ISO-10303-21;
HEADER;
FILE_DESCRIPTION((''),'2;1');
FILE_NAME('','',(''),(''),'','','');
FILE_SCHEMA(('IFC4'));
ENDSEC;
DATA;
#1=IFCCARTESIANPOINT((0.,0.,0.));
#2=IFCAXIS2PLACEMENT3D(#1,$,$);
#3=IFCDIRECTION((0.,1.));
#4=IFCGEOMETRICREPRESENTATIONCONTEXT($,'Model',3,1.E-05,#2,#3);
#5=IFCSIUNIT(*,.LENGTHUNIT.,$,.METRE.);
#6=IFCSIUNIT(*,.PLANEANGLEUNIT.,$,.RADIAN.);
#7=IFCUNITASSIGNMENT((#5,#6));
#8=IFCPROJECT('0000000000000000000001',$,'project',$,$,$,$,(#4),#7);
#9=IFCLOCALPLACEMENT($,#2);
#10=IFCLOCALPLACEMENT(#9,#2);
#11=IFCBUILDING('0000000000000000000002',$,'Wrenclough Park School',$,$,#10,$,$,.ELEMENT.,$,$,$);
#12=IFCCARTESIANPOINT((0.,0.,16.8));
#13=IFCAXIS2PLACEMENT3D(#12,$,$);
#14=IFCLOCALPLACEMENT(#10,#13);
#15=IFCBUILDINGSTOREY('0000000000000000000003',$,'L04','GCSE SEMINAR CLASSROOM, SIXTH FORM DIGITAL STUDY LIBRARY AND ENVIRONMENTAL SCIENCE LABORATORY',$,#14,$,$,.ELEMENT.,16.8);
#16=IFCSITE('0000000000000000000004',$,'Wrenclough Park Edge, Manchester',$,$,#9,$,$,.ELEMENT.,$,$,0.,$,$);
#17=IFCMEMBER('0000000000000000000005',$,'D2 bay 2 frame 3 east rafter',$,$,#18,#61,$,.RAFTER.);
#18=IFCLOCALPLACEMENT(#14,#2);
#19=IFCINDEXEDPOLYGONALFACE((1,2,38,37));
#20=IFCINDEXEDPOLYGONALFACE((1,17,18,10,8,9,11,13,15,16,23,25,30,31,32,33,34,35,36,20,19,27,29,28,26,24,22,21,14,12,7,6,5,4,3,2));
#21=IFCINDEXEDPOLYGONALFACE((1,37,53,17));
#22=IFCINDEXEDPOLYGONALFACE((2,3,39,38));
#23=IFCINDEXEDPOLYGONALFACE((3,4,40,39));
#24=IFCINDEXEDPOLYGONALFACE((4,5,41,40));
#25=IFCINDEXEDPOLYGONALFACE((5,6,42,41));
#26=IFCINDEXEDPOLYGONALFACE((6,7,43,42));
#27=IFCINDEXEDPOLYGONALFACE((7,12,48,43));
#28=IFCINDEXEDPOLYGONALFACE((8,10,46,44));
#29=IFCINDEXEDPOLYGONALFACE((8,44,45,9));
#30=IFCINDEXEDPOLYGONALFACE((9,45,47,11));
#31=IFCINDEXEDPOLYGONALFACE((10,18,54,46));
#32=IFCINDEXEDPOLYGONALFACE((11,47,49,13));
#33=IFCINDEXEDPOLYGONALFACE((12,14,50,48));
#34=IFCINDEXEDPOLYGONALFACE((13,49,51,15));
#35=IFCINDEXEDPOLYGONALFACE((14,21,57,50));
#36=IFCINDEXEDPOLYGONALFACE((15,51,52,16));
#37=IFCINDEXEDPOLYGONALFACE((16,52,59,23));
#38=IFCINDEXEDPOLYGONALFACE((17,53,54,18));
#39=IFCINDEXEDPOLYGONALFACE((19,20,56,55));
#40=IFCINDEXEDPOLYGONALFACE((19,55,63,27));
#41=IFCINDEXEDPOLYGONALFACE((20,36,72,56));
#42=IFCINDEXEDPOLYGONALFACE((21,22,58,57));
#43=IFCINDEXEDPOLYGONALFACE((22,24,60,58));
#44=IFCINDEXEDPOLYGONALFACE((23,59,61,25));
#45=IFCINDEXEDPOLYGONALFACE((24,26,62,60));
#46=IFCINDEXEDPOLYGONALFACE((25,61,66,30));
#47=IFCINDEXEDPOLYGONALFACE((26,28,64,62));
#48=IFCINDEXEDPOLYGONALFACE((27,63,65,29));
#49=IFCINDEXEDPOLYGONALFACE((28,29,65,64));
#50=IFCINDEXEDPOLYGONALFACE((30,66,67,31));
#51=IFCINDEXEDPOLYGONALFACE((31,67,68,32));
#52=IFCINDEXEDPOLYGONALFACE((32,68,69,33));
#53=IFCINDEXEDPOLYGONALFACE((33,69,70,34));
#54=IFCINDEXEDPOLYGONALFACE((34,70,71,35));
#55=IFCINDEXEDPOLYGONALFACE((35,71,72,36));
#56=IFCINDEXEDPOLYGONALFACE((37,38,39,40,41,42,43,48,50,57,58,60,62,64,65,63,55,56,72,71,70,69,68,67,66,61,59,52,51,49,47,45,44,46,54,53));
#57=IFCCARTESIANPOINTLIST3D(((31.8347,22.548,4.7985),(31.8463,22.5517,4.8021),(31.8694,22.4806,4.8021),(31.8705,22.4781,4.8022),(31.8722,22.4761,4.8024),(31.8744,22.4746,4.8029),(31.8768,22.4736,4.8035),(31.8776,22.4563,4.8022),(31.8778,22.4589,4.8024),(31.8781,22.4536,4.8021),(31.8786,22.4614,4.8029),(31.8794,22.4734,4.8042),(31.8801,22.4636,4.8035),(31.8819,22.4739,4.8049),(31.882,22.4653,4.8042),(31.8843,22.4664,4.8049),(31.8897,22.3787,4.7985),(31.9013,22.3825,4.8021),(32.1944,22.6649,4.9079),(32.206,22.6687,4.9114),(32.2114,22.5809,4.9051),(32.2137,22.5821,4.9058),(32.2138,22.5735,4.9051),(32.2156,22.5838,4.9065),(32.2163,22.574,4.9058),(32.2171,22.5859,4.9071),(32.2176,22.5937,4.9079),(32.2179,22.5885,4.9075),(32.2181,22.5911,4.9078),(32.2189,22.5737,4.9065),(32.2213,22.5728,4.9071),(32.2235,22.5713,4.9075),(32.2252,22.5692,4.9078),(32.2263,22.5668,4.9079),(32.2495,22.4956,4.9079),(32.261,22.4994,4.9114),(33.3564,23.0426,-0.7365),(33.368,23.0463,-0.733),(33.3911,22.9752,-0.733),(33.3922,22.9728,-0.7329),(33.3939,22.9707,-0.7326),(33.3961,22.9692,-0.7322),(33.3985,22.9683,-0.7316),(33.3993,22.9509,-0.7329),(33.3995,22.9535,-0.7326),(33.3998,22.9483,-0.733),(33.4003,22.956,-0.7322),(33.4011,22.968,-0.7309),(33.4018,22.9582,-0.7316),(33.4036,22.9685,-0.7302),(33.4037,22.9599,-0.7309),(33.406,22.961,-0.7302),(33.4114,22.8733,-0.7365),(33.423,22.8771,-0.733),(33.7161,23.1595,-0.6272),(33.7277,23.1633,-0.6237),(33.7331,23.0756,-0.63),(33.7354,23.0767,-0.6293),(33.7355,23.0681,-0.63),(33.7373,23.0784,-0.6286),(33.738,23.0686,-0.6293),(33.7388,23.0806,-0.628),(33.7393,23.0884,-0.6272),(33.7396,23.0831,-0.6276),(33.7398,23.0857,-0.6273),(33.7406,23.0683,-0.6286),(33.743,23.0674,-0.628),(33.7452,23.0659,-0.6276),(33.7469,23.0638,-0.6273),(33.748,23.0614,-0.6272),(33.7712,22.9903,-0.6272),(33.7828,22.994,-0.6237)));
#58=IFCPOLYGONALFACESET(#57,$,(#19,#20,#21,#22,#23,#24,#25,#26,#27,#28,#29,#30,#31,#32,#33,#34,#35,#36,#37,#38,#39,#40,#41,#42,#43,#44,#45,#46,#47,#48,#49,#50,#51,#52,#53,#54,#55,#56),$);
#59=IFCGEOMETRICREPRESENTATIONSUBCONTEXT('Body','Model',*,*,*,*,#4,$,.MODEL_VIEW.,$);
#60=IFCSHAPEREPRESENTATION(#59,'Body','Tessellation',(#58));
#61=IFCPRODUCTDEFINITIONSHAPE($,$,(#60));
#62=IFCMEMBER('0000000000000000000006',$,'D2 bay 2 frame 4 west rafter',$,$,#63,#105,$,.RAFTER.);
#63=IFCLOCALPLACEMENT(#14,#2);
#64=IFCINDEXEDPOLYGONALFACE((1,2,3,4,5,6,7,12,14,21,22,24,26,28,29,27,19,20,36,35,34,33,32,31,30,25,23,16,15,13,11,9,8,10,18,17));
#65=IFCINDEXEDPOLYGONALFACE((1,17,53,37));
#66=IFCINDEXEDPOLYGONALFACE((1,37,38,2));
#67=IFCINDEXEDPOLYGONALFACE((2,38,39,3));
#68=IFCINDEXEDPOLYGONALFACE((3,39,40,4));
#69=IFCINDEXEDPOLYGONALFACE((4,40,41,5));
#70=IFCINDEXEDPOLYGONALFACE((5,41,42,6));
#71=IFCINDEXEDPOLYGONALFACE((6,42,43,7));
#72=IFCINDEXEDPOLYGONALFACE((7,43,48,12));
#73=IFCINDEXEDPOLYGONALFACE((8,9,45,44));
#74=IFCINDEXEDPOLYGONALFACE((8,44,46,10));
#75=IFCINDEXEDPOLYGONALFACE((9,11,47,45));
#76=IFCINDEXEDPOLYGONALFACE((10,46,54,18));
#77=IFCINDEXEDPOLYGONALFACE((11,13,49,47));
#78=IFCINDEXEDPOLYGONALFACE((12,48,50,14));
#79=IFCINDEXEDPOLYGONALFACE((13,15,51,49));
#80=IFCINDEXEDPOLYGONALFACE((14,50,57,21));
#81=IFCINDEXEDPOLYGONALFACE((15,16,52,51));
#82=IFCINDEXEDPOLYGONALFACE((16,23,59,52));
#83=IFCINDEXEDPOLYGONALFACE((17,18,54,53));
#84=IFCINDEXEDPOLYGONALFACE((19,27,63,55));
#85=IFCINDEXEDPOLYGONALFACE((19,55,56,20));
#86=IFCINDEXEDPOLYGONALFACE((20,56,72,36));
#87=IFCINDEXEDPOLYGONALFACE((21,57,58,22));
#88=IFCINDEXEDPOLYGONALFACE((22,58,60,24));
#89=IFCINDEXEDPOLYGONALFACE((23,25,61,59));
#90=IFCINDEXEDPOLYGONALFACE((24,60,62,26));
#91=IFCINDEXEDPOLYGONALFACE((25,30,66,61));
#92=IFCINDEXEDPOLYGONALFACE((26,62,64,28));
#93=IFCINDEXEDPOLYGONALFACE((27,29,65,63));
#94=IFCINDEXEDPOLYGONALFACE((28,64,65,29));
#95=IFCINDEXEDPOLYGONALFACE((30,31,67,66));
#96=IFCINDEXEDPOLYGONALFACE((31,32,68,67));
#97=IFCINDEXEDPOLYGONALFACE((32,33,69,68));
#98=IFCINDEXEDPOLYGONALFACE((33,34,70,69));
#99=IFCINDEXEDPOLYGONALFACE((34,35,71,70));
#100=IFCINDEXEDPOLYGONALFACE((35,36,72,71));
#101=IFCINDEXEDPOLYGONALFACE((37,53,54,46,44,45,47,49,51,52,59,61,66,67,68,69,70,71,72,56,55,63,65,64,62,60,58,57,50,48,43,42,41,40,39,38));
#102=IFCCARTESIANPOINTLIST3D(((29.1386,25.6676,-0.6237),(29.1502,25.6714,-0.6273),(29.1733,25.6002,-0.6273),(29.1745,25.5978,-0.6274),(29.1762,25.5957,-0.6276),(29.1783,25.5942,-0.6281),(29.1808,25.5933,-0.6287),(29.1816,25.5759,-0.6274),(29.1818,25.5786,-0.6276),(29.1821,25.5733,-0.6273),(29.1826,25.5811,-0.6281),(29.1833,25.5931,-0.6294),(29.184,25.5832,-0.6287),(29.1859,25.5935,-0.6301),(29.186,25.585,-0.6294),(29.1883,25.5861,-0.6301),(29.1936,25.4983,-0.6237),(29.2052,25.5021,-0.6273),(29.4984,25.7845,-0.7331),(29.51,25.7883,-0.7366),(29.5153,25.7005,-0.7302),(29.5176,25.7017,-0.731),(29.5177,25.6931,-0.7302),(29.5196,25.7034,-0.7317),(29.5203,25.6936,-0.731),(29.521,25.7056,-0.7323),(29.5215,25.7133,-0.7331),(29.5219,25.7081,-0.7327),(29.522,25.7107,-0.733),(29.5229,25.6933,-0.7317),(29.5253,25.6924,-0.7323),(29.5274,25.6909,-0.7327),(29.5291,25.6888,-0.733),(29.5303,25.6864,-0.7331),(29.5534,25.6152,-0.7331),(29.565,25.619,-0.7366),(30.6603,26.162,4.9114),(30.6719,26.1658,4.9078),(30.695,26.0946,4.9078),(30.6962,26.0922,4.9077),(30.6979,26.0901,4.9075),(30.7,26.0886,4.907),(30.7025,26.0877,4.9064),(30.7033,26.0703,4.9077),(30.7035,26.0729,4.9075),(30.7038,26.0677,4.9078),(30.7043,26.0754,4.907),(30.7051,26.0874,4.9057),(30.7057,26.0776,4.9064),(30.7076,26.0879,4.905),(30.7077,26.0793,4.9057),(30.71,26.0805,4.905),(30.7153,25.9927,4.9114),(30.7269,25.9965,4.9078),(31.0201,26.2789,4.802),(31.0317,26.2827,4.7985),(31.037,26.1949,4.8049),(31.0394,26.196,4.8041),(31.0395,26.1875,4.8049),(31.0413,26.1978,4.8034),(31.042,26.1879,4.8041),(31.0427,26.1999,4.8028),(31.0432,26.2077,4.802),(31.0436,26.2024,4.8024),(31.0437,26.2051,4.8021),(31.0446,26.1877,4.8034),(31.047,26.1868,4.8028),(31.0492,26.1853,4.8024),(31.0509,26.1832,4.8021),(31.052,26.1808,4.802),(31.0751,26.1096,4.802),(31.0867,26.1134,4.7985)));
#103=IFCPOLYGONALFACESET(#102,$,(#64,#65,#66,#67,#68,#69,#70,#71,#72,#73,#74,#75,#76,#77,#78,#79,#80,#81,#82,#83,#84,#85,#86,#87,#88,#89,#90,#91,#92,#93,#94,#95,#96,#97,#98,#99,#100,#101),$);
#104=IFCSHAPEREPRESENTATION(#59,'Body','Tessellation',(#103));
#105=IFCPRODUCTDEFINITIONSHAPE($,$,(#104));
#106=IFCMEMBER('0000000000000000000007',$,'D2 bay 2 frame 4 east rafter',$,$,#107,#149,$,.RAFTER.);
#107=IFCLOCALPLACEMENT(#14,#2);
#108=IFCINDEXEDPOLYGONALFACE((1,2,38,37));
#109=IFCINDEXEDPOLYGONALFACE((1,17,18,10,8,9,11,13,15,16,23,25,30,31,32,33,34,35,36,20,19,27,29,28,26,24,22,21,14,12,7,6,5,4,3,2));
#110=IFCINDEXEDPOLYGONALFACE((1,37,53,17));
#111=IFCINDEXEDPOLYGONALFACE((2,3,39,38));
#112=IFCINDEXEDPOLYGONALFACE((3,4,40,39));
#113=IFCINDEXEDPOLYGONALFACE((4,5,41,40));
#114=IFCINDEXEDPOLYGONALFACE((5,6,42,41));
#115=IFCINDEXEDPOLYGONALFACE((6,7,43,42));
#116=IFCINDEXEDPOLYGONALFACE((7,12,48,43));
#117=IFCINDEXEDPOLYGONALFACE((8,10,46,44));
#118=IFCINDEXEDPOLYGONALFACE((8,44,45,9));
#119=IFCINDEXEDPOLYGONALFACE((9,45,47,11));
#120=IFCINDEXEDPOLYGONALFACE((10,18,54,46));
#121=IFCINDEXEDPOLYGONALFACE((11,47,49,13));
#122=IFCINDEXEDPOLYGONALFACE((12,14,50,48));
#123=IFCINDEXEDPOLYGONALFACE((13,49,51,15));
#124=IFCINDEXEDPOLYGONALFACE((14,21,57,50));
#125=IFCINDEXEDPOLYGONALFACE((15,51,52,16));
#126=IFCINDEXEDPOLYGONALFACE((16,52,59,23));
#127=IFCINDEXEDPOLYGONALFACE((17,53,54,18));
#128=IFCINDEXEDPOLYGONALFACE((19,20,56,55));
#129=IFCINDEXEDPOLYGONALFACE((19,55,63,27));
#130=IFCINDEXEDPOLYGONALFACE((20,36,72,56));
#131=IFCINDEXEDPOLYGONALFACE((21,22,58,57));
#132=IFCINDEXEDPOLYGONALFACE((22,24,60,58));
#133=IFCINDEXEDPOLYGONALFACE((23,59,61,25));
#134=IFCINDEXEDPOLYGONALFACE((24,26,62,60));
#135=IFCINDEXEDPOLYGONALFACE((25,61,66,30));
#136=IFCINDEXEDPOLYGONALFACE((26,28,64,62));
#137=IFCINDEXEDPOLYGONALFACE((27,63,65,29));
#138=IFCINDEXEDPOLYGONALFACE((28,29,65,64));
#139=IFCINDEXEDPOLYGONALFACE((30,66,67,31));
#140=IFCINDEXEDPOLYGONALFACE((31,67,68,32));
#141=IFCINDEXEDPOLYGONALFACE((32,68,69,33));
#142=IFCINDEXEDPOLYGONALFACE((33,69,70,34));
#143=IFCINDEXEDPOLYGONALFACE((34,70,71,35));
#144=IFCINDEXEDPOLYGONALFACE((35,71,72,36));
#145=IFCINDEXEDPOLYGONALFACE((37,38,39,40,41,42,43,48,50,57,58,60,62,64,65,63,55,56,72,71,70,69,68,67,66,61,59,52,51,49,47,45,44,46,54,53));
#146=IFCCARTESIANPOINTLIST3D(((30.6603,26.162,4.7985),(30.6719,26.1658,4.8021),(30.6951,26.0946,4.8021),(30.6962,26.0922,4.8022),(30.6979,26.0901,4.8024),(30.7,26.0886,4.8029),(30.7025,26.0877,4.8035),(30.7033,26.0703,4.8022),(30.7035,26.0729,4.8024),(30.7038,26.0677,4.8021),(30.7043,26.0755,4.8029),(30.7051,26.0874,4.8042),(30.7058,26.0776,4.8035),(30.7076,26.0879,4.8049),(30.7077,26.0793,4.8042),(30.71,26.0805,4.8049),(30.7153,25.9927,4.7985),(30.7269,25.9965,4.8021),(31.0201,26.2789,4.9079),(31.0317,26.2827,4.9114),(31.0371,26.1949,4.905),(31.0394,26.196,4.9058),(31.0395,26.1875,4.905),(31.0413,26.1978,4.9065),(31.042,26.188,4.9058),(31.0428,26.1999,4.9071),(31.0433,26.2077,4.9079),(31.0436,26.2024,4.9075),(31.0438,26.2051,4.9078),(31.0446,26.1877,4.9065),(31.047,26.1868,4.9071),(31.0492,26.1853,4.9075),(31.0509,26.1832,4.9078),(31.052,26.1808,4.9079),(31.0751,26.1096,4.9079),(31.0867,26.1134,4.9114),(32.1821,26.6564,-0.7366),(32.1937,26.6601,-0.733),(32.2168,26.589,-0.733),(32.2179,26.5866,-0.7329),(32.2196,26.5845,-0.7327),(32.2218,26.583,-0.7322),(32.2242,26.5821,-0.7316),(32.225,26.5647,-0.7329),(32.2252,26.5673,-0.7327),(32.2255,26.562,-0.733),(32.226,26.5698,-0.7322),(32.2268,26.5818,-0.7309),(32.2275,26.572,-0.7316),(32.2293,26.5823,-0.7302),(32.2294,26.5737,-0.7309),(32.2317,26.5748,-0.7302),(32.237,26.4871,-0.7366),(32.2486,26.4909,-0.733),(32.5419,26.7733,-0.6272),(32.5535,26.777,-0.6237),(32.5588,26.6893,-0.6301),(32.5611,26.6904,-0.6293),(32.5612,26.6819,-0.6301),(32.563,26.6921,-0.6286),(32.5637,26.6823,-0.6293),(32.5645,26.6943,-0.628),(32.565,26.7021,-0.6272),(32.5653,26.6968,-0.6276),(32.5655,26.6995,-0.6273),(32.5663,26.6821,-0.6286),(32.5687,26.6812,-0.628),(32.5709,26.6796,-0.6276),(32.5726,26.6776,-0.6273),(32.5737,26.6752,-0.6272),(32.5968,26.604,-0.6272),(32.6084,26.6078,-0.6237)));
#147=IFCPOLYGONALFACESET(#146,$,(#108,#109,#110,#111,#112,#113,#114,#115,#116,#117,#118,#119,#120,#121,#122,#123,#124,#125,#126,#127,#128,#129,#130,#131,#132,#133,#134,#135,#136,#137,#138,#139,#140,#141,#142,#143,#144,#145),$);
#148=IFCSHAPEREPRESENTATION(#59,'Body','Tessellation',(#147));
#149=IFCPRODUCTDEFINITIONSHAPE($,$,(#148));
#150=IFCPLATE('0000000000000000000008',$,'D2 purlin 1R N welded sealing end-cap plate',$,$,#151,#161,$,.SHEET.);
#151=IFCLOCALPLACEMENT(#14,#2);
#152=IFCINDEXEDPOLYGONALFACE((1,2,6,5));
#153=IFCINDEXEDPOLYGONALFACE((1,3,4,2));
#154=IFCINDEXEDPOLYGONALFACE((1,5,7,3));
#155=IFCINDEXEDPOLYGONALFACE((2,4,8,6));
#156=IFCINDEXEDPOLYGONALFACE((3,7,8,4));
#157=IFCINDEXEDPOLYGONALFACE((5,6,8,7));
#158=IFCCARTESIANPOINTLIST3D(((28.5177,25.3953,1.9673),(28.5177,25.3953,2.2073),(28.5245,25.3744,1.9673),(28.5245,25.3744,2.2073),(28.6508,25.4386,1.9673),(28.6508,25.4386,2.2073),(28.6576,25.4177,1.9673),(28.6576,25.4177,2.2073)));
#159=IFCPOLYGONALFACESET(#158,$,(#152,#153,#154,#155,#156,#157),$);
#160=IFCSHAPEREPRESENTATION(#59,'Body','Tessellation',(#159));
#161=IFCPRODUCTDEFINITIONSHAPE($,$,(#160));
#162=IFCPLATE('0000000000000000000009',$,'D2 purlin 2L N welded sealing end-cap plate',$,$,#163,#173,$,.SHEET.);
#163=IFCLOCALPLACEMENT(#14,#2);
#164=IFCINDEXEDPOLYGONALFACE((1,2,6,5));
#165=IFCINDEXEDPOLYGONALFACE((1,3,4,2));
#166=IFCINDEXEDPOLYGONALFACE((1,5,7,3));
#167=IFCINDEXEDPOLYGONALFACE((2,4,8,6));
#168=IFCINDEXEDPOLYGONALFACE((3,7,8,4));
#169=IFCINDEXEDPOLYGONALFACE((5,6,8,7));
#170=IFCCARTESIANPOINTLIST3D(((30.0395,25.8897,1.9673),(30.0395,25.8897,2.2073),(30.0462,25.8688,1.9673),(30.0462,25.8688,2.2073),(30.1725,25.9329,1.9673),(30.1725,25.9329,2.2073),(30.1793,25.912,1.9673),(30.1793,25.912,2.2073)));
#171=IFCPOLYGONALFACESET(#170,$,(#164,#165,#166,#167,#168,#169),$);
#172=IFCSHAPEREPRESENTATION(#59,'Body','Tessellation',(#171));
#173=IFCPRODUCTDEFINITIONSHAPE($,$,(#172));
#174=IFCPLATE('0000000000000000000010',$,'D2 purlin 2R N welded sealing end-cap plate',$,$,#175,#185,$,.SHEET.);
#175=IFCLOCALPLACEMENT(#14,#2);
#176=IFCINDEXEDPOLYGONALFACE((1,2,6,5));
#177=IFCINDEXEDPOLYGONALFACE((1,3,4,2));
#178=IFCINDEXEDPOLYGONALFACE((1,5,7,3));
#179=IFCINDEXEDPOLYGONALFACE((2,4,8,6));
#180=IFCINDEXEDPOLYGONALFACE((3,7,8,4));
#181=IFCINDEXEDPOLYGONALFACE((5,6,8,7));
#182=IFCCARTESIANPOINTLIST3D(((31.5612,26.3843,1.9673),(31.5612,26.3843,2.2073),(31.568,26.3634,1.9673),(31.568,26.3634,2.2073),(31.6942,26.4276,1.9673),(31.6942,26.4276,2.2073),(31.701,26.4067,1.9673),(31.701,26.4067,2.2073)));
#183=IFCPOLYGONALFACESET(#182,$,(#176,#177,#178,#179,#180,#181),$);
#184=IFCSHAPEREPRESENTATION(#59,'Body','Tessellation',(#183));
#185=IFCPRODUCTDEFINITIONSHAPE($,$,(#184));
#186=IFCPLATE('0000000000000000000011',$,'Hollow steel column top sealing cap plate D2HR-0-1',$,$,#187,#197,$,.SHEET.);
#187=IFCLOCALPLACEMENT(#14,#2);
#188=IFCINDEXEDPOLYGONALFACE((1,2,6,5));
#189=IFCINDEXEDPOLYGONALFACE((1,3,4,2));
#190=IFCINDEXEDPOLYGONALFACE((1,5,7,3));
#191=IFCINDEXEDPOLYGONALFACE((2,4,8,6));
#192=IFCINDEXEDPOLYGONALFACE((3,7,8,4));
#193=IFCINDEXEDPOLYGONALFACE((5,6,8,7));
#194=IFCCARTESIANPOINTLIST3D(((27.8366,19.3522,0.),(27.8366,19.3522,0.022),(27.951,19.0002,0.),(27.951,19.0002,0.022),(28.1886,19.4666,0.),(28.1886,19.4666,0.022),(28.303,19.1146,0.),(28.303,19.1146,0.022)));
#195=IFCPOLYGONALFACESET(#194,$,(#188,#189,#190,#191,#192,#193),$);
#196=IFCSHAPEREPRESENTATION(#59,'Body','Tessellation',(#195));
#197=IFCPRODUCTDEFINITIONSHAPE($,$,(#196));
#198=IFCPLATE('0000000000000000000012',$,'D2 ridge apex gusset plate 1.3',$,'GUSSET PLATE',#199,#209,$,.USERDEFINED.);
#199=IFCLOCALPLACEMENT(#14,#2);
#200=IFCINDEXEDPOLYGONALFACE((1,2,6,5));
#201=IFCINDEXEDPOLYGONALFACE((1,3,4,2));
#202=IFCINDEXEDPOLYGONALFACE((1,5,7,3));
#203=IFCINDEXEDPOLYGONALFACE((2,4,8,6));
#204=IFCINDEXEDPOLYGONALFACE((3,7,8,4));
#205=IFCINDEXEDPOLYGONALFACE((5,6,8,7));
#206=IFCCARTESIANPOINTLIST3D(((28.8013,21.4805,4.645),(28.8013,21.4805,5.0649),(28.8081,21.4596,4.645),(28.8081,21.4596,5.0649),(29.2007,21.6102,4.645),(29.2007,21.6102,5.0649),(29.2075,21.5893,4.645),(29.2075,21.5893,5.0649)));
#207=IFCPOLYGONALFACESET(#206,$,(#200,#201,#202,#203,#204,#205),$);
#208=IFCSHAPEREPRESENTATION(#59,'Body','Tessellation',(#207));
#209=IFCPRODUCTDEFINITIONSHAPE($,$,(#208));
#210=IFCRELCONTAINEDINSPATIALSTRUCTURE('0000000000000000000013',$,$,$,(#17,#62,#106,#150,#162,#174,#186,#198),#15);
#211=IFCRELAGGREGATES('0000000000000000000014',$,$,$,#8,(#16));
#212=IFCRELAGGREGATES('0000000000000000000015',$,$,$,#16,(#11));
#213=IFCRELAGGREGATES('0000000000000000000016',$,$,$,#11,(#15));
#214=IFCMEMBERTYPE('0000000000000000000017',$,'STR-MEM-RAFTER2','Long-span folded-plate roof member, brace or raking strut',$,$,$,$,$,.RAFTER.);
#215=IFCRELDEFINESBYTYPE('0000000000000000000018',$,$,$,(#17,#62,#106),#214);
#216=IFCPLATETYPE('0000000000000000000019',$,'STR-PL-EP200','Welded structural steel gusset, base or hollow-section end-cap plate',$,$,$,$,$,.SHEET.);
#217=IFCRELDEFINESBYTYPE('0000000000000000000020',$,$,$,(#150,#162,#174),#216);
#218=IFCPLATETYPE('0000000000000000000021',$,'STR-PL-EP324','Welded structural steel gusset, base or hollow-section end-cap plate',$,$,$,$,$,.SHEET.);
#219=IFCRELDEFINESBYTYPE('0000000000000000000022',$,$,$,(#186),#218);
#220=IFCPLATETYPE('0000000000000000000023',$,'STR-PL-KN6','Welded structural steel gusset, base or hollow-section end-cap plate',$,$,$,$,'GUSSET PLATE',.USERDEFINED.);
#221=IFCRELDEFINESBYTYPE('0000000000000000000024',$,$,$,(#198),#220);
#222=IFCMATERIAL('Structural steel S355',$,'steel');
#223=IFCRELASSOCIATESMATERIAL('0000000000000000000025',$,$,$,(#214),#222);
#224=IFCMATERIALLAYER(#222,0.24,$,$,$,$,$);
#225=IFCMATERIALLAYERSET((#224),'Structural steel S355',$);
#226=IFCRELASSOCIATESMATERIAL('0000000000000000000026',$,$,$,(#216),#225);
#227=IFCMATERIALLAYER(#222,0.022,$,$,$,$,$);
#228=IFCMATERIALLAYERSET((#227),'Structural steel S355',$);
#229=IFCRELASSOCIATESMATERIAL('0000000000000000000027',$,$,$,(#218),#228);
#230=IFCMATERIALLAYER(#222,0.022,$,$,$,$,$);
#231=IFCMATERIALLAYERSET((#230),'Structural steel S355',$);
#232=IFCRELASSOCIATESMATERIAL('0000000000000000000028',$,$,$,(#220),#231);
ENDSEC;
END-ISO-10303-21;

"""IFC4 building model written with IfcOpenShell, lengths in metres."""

from ifc_helpers import new_model, si_unit, direction, frame, origin, origin_2d, place, context, subcontext, project, spatial, rectangle, i_section, extrude, material, layer, layer_set, material_profile, profile_set, type_object, element, save


model = new_model("IFC4")

# Units and contexts
model_context = context("Model", 3, precision=1e-05, world=origin(), true_north=direction((0.0, 1.0)))
body_context = subcontext(model_context, "Body", "Model", "MODEL_VIEW")
ifc_project = project(units=[si_unit("LENGTHUNIT", "METRE"), si_unit("PLANEANGLEUNIT", "RADIAN")], contexts=[model_context])

# Site, building, storey
site_placement = place(None, origin())
site = spatial("IfcSite", under=ifc_project, at=site_placement, Name="Wrenclough Park Edge, Manchester", CompositionType="ELEMENT", RefElevation=0.0)
building_placement = place(site_placement, origin())
building = spatial("IfcBuilding", under=site, at=building_placement, Name="Wrenclough Park School", CompositionType="ELEMENT")
storey_placement = place(building_placement, frame((0.0, 0.0, 16.8)))
storey = spatial("IfcBuildingStorey", under=building, at=storey_placement, Name="L04", Description="GCSE SEMINAR CLASSROOM, SIXTH FORM DIGITAL STUDY LIBRARY AND ENVIRONMENTAL SCIENCE LABORATORY", CompositionType="ELEMENT", Elevation=16.8)

# Members
ifc_material = material(Name="Structural steel S355", Category="steel")
ifc_material_profile_1 = material_profile(ifc_material, i_section(OverallWidth=0.178, OverallDepth=0.4065, WebThickness=0.0078, FlangeThickness=0.0127, FilletRadius=0.0103, at=origin_2d()), Name="UKB 406x178x60")
ifc_profile_set_1 = profile_set([ifc_material_profile_1], Name="Structural steel S355")
member_type_1 = type_object("IfcMemberType", Name="STR-MEM-RAFTER2", Description="Long-span folded-plate roof member, brace or raking strut", PredefinedType="RAFTER", material=ifc_profile_set_1)
for number, where, z_axis, x_axis, name in (
    (1, (32.0479, 22.5237, 4.855), (0.264107, 0.085846, -0.960665), (-0.309124, 0.951022, 0.0), "D2 bay 2 frame 3 east rafter"),
    (2, (29.3518, 25.6433, -0.6802), (0.264108, 0.085804, 0.960669), (-0.308986, 0.951067, 0.0), "D2 bay 2 frame 4 west rafter"),
    (3, (30.8735, 26.1377, 4.855), (0.264108, 0.085804, -0.960669), (-0.308986, 0.951067, 0.0), "D2 bay 2 frame 4 east rafter"),
):
    element("IfcMember", number, at=place(storey_placement, frame(where, z_axis=z_axis, x_axis=x_axis)), inside=storey, type_object=member_type_1, Name=name, PredefinedType="RAFTER", context=body_context, shape_type="SweptSolid", body=[
        extrude(i_section(OverallWidth=0.178, OverallDepth=0.4065, WebThickness=0.0078, FlangeThickness=0.0127, FilletRadius=0.0103, at=origin_2d()), origin(), (0.0, 0.0, 1.0), 5.7617),
    ])

# Plates
ifc_layer_1 = layer(ifc_material, 0.24)
ifc_layer_set_1 = layer_set([ifc_layer_1], Name="Structural steel S355")
plate_type_1 = type_object("IfcPlateType", Name="STR-PL-EP200", Description="Welded structural steel gusset, base or hollow-section end-cap plate", PredefinedType="SHEET", material=ifc_layer_set_1)
for number, where, z_axis, x_axis, name in (
    (4, (28.5876, 25.4065, 1.9673), (0.0, 0.0, 1.0), (-0.309017, 0.951057, 0.0), "D2 purlin 1R N welded sealing end-cap plate"),
    (5, (30.1094, 25.9009, 1.9673), (0.0, 0.0, 1.0), (-0.309017, 0.951057, 0.0), "D2 purlin 2L N welded sealing end-cap plate"),
    (6, (31.6311, 26.3955, 1.9673), (0.0, 0.0, 1.0), (-0.309017, 0.951057, 0.0), "D2 purlin 2R N welded sealing end-cap plate"),
):
    element("IfcPlate", number, at=place(storey_placement, frame(where, z_axis=z_axis, x_axis=x_axis)), inside=storey, type_object=plate_type_1, Name=name, PredefinedType="SHEET", context=body_context, shape_type="SweptSolid", body=[
        extrude(rectangle(XDim=0.022, YDim=0.1399, at=origin_2d()), origin(), (0.0, 0.0, 1.0), 0.24),
    ])
ifc_layer_2 = layer(ifc_material, 0.022)
ifc_layer_set_2 = layer_set([ifc_layer_2], Name="Structural steel S355")
plate_type_2 = type_object("IfcPlateType", Name="STR-PL-EP324", Description="Welded structural steel gusset, base or hollow-section end-cap plate", PredefinedType="SHEET", material=ifc_layer_set_2)
plate_placement = place(storey_placement, frame((28.0698, 19.2334, 0.0), z_axis=(0.0, 0.0, 1.0), x_axis=(0.951057, 0.309017, 0.0)))
element("IfcPlate", 7, at=plate_placement, inside=storey, type_object=plate_type_2, Name="Hollow steel column top sealing cap plate D2HR-0-1", PredefinedType="SHEET", context=body_context, shape_type="SweptSolid", body=[
    extrude(rectangle(XDim=0.3701, YDim=0.3701, at=origin_2d()), origin(), (0.0, 0.0, 1.0), 0.022),
])
ifc_layer_3 = layer(ifc_material, 0.022)
ifc_layer_set_3 = layer_set([ifc_layer_3], Name="Structural steel S355")
plate_type_3 = type_object("IfcPlateType", Name="STR-PL-KN6", Description="Welded structural steel gusset, base or hollow-section end-cap plate", ElementType="GUSSET PLATE", PredefinedType="USERDEFINED", material=ifc_layer_set_3)
for number, where, z_axis, x_axis, name in (
    (8, (29.0044, 21.5349, 4.645), (0.0, 0.0, 1.0), (0.951057, 0.309017, 0.0), "D2 ridge apex gusset plate 1.3"),
):
    element("IfcPlate", number, at=place(storey_placement, frame(where, z_axis=z_axis, x_axis=x_axis)), inside=storey, type_object=plate_type_3, Name=name, ObjectType="GUSSET PLATE", PredefinedType="USERDEFINED", context=body_context, shape_type="SweptSolid", body=[
        extrude(rectangle(XDim=0.4199, YDim=0.022, at=origin_2d()), origin(), (0.0, 0.0, 1.0), 0.4199),
    ])

save(model, "model.ifc")
